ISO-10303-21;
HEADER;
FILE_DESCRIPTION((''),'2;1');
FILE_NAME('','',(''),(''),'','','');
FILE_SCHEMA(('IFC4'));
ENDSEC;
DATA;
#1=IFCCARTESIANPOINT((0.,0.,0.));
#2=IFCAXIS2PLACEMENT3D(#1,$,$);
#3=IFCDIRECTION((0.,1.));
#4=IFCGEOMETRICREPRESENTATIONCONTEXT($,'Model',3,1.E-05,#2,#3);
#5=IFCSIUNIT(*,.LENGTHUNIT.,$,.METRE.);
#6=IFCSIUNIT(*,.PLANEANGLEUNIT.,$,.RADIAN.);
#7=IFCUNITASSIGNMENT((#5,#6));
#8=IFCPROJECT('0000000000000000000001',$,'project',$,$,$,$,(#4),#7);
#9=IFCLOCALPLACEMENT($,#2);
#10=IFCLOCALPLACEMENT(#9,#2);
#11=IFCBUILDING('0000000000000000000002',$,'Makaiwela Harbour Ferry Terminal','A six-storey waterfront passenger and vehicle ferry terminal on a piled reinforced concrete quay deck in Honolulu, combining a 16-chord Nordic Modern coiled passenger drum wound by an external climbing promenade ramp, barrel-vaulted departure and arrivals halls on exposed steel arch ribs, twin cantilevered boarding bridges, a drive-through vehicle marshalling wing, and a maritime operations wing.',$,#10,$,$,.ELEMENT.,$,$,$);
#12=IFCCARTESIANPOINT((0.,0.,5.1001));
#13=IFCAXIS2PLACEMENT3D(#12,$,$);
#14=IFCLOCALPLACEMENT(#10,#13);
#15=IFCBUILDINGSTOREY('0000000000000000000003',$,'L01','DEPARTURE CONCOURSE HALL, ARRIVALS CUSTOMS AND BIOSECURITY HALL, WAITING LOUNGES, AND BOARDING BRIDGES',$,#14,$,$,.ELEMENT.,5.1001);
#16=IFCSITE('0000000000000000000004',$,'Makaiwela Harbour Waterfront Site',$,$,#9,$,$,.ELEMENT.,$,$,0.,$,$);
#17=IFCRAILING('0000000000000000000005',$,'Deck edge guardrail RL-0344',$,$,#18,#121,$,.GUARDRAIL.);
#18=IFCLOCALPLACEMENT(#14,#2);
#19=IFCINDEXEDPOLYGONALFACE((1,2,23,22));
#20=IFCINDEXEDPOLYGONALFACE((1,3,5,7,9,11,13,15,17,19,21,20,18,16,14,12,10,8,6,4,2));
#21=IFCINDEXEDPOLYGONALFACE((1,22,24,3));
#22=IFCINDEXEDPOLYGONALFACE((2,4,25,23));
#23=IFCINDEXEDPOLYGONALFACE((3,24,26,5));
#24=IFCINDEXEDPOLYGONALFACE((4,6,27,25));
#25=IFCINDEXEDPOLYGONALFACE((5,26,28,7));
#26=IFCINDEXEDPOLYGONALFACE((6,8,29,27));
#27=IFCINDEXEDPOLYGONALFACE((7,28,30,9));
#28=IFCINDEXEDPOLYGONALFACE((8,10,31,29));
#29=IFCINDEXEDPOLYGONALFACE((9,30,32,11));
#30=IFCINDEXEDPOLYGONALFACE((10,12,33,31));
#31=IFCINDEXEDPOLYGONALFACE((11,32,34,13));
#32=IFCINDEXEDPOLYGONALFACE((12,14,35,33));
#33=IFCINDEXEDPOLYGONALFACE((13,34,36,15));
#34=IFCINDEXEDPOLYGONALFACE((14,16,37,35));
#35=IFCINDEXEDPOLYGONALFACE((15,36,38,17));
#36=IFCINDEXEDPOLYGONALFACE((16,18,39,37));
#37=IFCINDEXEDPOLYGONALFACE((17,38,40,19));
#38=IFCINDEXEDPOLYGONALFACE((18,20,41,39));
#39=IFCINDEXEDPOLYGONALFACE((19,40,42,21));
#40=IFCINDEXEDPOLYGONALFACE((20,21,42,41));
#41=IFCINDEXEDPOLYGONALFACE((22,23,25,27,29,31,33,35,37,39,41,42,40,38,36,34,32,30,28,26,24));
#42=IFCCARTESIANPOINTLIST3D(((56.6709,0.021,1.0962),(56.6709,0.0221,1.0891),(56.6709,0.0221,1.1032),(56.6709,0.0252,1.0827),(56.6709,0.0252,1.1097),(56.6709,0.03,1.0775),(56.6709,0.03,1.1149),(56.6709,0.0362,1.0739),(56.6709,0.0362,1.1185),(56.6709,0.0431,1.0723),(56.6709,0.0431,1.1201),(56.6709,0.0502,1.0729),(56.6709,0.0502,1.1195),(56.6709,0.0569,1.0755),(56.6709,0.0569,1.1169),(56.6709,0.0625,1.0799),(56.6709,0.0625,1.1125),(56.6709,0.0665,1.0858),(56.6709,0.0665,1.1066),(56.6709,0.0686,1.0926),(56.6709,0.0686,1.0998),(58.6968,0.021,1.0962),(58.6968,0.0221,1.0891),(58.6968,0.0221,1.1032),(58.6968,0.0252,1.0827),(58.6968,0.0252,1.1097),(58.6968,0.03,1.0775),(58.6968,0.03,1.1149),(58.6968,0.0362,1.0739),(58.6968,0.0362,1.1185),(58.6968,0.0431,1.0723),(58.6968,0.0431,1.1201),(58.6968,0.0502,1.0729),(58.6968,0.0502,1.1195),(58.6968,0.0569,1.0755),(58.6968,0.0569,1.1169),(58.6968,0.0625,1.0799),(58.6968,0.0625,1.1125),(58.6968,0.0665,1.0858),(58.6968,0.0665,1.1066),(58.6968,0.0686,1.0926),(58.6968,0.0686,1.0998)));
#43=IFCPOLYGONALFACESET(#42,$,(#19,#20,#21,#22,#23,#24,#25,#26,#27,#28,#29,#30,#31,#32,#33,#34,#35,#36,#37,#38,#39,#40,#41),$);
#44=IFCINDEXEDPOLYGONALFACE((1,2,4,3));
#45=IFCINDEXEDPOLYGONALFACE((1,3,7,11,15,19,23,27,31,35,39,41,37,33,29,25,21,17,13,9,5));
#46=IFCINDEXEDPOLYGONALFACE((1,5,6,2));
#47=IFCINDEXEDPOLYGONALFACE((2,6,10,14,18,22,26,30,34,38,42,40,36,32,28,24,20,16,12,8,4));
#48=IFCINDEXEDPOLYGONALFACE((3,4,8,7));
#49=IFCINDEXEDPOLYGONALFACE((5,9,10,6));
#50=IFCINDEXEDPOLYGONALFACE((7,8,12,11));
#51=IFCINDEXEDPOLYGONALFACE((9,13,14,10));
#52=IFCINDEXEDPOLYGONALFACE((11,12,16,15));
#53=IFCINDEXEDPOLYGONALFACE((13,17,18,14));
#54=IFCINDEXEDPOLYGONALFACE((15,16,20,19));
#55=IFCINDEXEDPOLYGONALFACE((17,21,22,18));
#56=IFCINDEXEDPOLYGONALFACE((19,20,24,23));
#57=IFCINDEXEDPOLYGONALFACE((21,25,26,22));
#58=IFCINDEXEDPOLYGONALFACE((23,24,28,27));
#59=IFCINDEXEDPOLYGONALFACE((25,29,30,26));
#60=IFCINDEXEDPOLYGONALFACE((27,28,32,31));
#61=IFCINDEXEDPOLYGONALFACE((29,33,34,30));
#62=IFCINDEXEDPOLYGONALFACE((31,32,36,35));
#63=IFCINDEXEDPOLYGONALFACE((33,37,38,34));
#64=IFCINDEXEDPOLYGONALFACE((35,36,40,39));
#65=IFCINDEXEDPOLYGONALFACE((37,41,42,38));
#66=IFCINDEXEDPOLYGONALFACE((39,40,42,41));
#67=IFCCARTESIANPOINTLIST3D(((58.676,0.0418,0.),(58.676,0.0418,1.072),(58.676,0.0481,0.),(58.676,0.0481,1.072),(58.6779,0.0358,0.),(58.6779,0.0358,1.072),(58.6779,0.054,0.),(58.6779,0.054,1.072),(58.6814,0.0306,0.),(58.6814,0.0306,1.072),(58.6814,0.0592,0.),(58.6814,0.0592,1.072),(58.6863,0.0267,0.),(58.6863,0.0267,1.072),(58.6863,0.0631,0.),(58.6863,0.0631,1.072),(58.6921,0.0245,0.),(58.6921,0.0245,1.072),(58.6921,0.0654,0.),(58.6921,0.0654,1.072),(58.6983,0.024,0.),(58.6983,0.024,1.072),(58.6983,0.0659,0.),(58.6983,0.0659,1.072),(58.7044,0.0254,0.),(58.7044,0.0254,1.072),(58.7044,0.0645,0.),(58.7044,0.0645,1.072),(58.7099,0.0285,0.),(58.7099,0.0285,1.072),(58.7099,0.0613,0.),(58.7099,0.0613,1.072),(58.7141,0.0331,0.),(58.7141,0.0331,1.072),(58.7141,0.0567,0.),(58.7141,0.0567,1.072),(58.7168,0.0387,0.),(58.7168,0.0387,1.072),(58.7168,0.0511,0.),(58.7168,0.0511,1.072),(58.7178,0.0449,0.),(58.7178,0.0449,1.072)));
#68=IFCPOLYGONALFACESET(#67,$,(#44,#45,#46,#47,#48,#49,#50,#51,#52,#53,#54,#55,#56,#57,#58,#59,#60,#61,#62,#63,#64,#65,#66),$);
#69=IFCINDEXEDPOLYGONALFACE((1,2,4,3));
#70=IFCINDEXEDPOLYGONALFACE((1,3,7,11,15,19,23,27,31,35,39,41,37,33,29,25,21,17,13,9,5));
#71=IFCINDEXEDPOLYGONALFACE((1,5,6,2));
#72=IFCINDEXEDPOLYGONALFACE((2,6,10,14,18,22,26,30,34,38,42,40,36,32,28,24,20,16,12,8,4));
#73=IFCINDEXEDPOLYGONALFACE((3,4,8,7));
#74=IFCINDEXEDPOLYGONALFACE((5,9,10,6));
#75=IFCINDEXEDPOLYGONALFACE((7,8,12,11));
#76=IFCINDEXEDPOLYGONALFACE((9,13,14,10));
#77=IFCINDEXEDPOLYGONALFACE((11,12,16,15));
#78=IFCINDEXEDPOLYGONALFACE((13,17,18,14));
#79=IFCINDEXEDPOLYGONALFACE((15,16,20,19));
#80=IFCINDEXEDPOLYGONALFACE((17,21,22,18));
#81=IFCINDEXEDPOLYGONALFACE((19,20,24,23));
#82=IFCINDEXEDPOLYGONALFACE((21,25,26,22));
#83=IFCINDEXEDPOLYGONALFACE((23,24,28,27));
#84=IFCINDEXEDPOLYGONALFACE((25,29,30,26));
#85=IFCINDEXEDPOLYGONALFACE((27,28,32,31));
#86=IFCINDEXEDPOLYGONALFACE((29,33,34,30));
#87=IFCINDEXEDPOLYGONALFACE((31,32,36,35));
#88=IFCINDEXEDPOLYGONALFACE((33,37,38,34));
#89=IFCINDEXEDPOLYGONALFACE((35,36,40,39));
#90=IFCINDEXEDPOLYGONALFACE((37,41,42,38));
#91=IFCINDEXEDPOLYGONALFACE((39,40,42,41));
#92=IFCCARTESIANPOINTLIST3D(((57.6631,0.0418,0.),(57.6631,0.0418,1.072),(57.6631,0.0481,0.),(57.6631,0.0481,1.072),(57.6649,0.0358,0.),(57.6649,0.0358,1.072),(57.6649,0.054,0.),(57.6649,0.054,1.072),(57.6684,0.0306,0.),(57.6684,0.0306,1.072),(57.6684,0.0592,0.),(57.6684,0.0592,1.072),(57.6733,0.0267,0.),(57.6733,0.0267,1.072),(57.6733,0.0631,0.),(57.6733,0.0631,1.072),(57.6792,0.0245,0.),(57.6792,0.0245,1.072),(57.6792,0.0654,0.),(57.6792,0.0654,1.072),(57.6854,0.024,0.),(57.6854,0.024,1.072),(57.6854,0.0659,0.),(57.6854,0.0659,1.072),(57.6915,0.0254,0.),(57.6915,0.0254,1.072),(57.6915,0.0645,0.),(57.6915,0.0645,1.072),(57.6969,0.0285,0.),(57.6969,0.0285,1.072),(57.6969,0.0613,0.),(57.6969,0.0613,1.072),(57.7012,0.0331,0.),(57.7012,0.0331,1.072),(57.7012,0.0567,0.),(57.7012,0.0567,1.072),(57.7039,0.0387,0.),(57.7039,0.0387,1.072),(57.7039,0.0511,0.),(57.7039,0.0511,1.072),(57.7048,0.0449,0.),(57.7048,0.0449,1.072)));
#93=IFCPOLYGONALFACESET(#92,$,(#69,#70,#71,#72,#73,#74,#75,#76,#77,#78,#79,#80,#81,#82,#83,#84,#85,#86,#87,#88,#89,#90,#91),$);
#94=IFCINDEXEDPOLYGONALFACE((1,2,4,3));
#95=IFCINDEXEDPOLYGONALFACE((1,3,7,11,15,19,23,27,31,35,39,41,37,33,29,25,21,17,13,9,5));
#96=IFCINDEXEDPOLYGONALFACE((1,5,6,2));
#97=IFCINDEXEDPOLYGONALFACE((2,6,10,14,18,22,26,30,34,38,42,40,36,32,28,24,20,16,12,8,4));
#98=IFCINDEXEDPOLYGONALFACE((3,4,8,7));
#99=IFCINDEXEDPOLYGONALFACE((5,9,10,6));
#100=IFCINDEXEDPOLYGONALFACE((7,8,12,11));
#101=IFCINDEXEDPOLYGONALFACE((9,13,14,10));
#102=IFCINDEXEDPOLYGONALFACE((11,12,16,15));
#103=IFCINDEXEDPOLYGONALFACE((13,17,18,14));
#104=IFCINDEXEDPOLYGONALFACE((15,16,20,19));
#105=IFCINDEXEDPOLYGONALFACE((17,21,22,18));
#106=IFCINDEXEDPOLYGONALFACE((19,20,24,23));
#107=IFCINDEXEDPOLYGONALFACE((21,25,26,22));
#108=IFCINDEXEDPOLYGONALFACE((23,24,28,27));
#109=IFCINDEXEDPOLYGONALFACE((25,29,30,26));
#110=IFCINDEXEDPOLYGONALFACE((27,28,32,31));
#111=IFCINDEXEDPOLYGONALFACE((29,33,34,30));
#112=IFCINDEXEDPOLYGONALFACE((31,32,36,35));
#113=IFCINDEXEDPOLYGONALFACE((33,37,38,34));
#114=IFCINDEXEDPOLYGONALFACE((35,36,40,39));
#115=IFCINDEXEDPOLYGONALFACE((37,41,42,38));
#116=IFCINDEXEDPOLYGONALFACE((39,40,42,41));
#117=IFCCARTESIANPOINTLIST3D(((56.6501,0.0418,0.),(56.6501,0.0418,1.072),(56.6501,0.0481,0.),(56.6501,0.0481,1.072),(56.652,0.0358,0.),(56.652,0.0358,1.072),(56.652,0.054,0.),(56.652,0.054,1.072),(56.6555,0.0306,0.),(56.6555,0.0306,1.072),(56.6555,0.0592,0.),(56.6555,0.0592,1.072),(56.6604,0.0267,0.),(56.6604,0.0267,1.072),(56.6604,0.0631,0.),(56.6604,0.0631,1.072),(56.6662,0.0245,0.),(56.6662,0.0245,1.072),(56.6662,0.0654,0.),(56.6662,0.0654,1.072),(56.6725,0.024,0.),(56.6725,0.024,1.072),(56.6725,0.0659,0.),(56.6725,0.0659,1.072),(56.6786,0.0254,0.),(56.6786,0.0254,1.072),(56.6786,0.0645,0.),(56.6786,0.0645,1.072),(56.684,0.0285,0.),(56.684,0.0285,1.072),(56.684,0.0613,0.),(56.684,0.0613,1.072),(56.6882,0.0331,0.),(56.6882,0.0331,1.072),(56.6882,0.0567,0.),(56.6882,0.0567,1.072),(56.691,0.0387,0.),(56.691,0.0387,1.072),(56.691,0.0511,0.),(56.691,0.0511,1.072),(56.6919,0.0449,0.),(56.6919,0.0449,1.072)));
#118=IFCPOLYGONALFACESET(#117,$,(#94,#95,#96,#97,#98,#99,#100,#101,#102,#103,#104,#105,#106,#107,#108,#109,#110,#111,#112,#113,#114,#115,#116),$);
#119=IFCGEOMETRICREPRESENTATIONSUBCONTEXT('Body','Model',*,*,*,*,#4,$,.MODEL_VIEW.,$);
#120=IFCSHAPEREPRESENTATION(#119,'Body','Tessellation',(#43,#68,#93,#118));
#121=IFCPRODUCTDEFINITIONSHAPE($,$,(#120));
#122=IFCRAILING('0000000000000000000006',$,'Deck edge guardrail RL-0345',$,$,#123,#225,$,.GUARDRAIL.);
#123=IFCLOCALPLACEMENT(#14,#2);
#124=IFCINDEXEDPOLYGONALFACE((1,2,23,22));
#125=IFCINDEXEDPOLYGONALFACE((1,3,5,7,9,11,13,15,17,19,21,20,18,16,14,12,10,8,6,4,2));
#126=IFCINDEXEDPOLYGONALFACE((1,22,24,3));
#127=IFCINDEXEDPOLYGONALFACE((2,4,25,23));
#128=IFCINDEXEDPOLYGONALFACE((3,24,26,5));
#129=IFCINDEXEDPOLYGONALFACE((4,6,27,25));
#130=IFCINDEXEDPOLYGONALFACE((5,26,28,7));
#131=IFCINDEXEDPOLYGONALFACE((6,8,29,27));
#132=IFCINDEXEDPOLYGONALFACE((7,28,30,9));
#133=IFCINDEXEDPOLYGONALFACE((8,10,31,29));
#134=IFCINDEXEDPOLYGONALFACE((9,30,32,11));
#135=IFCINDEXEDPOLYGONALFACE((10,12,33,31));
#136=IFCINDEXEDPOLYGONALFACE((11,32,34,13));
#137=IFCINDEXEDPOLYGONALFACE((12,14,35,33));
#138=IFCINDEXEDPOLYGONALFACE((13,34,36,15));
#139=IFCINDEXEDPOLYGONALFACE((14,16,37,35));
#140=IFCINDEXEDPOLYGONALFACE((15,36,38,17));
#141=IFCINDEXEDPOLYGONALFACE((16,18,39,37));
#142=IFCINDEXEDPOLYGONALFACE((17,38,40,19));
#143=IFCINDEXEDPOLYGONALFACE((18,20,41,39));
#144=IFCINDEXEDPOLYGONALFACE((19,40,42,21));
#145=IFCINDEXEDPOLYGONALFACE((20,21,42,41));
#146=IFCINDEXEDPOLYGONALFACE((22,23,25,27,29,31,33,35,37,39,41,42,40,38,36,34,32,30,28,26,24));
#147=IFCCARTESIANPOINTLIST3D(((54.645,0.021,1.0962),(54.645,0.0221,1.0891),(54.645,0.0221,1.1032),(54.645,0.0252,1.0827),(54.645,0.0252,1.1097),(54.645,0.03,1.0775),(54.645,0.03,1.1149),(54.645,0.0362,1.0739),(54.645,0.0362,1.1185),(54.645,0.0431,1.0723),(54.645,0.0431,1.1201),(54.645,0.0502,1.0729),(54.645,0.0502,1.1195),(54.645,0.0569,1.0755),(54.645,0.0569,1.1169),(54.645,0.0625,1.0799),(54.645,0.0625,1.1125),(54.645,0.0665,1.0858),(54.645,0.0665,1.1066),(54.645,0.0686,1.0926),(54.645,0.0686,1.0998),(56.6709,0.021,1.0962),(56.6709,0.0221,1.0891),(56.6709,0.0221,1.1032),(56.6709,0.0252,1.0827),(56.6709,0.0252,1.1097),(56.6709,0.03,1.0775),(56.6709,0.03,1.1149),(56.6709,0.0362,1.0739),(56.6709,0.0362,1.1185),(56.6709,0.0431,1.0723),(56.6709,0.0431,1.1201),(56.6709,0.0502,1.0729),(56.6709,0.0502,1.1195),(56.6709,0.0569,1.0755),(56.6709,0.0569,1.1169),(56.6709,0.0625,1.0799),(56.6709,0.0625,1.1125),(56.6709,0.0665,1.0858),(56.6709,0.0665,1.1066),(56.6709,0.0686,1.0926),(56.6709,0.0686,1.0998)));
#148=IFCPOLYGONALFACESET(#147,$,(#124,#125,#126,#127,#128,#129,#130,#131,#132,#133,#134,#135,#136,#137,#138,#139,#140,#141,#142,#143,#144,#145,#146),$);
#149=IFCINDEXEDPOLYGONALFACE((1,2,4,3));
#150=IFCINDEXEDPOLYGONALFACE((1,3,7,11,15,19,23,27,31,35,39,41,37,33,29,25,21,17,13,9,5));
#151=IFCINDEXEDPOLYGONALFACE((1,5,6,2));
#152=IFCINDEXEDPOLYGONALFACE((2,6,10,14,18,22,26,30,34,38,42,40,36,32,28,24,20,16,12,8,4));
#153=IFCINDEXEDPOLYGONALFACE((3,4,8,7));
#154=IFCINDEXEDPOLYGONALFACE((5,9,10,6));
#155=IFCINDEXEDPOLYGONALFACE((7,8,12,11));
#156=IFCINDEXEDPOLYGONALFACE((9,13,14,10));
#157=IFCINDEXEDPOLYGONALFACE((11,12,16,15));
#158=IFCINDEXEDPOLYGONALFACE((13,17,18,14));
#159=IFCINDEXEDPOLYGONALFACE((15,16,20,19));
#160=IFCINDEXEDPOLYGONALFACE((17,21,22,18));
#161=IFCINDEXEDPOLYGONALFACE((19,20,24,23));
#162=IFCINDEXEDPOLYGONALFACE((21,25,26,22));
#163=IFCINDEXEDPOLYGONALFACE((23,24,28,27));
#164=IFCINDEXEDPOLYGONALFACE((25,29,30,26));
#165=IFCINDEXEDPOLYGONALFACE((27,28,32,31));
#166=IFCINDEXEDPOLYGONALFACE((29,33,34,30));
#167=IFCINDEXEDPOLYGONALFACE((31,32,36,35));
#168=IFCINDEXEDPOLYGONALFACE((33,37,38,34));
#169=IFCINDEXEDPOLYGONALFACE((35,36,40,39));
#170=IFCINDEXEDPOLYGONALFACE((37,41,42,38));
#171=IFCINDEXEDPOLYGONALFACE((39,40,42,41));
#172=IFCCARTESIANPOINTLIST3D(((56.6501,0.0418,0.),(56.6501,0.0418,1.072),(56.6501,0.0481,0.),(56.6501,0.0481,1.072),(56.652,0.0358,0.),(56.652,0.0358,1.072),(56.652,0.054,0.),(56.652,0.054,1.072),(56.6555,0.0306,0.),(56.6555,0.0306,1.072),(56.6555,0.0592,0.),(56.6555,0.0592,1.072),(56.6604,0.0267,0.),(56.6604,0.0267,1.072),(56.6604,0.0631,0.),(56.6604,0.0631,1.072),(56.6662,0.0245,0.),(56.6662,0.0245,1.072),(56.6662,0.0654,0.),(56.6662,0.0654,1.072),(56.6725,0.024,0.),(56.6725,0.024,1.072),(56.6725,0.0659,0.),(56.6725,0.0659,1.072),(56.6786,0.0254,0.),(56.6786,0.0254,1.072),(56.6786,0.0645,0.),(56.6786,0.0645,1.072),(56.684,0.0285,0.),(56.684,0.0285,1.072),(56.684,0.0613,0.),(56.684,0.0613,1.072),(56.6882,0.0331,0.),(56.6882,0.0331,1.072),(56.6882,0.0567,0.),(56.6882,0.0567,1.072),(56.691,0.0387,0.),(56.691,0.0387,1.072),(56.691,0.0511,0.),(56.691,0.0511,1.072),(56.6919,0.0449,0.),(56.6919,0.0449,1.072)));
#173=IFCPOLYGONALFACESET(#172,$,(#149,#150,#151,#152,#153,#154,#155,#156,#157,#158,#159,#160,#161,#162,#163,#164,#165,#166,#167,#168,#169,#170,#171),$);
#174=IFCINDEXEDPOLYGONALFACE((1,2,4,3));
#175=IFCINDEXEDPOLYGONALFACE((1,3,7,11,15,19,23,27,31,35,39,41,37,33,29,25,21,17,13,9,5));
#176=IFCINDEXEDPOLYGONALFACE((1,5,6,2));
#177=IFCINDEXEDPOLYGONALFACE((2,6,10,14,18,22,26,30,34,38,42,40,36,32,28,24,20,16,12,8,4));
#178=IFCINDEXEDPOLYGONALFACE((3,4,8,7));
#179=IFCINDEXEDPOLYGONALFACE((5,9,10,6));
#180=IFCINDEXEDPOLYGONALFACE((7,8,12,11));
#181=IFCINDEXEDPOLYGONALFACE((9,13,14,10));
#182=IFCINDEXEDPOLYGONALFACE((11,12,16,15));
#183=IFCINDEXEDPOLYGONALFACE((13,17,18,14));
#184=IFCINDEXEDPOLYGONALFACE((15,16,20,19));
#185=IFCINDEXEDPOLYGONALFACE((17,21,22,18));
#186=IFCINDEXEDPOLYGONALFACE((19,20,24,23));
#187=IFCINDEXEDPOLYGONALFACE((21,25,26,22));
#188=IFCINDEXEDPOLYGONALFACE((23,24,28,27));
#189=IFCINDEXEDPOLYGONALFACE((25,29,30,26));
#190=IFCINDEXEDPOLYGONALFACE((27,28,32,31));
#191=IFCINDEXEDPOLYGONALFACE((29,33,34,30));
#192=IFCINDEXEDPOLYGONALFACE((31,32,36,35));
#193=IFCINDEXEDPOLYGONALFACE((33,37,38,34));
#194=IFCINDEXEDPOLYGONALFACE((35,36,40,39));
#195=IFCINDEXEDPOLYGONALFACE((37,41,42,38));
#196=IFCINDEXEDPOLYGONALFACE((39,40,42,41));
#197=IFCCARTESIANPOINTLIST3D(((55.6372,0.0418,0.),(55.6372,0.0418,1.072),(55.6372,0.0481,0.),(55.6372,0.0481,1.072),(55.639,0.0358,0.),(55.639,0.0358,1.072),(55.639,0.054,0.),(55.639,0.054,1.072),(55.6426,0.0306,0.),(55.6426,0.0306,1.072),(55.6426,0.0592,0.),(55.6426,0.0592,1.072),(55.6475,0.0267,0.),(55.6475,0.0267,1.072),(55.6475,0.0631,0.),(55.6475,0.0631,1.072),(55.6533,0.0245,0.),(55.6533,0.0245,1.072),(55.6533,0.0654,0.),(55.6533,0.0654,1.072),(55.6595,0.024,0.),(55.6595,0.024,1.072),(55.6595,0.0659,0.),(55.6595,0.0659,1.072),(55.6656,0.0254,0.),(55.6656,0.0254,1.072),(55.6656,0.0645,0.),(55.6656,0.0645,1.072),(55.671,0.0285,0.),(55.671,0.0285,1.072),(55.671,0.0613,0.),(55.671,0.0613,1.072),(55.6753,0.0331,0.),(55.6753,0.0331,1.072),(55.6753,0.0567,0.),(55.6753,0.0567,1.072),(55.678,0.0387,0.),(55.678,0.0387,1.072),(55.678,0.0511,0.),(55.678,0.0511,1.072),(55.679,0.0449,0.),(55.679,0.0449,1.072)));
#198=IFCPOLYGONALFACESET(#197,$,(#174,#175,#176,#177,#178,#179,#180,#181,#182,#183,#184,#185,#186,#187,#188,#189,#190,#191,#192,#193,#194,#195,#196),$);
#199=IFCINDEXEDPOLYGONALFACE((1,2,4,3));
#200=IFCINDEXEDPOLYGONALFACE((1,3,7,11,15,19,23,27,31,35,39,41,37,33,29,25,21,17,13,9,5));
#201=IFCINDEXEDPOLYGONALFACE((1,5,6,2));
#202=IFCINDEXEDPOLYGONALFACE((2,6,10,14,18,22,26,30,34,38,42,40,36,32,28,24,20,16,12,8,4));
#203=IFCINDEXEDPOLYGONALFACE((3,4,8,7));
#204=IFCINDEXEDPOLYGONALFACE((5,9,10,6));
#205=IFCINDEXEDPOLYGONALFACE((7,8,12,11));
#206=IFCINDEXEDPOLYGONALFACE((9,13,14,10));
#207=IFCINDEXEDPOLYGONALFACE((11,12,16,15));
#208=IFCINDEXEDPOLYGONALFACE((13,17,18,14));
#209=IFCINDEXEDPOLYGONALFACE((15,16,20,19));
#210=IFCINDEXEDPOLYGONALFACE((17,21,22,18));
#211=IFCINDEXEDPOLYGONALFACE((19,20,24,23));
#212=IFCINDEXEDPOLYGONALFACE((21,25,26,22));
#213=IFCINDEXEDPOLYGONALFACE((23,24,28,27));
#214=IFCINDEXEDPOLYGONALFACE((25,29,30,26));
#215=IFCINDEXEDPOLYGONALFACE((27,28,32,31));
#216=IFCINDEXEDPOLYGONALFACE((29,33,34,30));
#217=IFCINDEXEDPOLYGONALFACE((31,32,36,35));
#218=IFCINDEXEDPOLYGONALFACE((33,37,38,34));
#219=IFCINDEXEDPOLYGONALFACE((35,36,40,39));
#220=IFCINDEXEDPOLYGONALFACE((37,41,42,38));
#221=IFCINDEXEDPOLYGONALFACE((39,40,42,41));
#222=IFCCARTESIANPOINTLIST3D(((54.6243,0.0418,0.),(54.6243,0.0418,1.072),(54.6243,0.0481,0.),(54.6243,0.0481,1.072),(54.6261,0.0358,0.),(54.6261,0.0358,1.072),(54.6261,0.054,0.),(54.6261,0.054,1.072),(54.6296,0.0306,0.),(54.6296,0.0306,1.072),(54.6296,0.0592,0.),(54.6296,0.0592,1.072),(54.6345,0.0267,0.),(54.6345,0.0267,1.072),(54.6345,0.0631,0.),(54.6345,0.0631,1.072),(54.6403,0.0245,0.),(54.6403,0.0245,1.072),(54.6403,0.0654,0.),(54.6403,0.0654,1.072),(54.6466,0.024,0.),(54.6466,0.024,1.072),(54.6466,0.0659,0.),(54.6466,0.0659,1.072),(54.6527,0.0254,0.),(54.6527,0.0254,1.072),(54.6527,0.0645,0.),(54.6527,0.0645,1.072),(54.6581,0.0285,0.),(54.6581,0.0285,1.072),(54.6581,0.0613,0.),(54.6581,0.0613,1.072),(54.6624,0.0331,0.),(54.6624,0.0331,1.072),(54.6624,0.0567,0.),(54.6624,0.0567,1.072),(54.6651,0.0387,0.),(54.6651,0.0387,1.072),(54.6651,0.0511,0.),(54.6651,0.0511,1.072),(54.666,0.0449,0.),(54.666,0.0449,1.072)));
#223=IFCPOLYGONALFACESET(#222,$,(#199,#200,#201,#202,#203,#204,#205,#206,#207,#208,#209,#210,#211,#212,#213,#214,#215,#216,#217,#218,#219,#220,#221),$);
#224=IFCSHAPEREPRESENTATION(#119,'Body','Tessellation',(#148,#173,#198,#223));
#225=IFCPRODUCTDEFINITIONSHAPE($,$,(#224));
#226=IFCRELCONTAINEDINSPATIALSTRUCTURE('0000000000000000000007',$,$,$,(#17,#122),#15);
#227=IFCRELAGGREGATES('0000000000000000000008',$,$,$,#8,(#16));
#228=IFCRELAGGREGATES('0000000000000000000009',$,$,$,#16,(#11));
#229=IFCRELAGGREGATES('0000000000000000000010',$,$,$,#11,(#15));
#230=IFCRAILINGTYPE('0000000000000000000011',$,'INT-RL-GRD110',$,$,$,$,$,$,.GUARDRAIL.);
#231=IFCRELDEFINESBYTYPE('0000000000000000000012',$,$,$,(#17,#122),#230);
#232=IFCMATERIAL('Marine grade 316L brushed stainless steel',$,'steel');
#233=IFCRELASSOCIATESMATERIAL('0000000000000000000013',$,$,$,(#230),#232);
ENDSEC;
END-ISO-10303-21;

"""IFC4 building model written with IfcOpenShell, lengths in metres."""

from ifc_helpers import new_model, si_unit, direction, frame, origin, origin_2d, place, context, subcontext, project, spatial, circle, extrude, material, type_object, element, save


model = new_model("IFC4")

# Units and contexts
model_context = context("Model", 3, precision=1e-05, world=origin(), true_north=direction((0.0, 1.0)))
body_context = subcontext(model_context, "Body", "Model", "MODEL_VIEW")
ifc_project = project(units=[si_unit("LENGTHUNIT", "METRE"), si_unit("PLANEANGLEUNIT", "RADIAN")], contexts=[model_context])

# Site, building, storey
site_placement = place(None, origin())
site = spatial("IfcSite", under=ifc_project, at=site_placement, Name="Makaiwela Harbour Waterfront Site", CompositionType="ELEMENT", RefElevation=0.0)
building_placement = place(site_placement, origin())
building = spatial("IfcBuilding", under=site, at=building_placement, Name="Makaiwela Harbour Ferry Terminal", Description="A six-storey waterfront passenger and vehicle ferry terminal on a piled reinforced concrete quay deck in Honolulu, combining a 16-chord Nordic Modern coiled passenger drum wound by an external climbing promenade ramp, barrel-vaulted departure and arrivals halls on exposed steel arch ribs, twin cantilevered boarding bridges, a drive-through vehicle marshalling wing, and a maritime operations wing.", CompositionType="ELEMENT")
storey_placement = place(building_placement, frame((0.0, 0.0, 5.1001)))
storey = spatial("IfcBuildingStorey", under=building, at=storey_placement, Name="L01", Description="DEPARTURE CONCOURSE HALL, ARRIVALS CUSTOMS AND BIOSECURITY HALL, WAITING LOUNGES, AND BOARDING BRIDGES", CompositionType="ELEMENT", Elevation=5.1001)

# Railings
ifc_material_1 = material(Name="Marine grade 316L brushed stainless steel", Category="steel")
railing_type = type_object("IfcRailingType", Name="INT-RL-GRD110", PredefinedType="GUARDRAIL", material=ifc_material_1)
for number, where, name in (
    (1, (58.6968, 0.0449, 0.0), "Deck edge guardrail RL-0344"),
    (2, (56.6709, 0.0449, 0.0), "Deck edge guardrail RL-0345"),
):
    element("IfcRailing", number, at=place(storey_placement, frame(where)), inside=storey, type_object=railing_type, Name=name, PredefinedType="GUARDRAIL", context=body_context, shape_type="SweptSolid", body=[
        extrude(circle(Radius=0.0239, at=origin_2d()), frame((0.0, 0.0, 1.0962), z_axis=(-1.0, 0.0, 0.0), x_axis=(0.0, -1.0, 0.0)), (0.0, 0.0, 1.0), 2.0259),
        extrude(circle(Radius=0.021, at=origin_2d()), origin(), (0.0, 0.0, 1.0), 1.072),
        extrude(circle(Radius=0.021, at=origin_2d()), frame((-1.0129, 0.0, 0.0)), (0.0, 0.0, 1.0), 1.072),
        extrude(circle(Radius=0.021, at=origin_2d()), frame((-2.0259, 0.0, 0.0)), (0.0, 0.0, 1.0), 1.072),
    ])

save(model, "model.ifc")
